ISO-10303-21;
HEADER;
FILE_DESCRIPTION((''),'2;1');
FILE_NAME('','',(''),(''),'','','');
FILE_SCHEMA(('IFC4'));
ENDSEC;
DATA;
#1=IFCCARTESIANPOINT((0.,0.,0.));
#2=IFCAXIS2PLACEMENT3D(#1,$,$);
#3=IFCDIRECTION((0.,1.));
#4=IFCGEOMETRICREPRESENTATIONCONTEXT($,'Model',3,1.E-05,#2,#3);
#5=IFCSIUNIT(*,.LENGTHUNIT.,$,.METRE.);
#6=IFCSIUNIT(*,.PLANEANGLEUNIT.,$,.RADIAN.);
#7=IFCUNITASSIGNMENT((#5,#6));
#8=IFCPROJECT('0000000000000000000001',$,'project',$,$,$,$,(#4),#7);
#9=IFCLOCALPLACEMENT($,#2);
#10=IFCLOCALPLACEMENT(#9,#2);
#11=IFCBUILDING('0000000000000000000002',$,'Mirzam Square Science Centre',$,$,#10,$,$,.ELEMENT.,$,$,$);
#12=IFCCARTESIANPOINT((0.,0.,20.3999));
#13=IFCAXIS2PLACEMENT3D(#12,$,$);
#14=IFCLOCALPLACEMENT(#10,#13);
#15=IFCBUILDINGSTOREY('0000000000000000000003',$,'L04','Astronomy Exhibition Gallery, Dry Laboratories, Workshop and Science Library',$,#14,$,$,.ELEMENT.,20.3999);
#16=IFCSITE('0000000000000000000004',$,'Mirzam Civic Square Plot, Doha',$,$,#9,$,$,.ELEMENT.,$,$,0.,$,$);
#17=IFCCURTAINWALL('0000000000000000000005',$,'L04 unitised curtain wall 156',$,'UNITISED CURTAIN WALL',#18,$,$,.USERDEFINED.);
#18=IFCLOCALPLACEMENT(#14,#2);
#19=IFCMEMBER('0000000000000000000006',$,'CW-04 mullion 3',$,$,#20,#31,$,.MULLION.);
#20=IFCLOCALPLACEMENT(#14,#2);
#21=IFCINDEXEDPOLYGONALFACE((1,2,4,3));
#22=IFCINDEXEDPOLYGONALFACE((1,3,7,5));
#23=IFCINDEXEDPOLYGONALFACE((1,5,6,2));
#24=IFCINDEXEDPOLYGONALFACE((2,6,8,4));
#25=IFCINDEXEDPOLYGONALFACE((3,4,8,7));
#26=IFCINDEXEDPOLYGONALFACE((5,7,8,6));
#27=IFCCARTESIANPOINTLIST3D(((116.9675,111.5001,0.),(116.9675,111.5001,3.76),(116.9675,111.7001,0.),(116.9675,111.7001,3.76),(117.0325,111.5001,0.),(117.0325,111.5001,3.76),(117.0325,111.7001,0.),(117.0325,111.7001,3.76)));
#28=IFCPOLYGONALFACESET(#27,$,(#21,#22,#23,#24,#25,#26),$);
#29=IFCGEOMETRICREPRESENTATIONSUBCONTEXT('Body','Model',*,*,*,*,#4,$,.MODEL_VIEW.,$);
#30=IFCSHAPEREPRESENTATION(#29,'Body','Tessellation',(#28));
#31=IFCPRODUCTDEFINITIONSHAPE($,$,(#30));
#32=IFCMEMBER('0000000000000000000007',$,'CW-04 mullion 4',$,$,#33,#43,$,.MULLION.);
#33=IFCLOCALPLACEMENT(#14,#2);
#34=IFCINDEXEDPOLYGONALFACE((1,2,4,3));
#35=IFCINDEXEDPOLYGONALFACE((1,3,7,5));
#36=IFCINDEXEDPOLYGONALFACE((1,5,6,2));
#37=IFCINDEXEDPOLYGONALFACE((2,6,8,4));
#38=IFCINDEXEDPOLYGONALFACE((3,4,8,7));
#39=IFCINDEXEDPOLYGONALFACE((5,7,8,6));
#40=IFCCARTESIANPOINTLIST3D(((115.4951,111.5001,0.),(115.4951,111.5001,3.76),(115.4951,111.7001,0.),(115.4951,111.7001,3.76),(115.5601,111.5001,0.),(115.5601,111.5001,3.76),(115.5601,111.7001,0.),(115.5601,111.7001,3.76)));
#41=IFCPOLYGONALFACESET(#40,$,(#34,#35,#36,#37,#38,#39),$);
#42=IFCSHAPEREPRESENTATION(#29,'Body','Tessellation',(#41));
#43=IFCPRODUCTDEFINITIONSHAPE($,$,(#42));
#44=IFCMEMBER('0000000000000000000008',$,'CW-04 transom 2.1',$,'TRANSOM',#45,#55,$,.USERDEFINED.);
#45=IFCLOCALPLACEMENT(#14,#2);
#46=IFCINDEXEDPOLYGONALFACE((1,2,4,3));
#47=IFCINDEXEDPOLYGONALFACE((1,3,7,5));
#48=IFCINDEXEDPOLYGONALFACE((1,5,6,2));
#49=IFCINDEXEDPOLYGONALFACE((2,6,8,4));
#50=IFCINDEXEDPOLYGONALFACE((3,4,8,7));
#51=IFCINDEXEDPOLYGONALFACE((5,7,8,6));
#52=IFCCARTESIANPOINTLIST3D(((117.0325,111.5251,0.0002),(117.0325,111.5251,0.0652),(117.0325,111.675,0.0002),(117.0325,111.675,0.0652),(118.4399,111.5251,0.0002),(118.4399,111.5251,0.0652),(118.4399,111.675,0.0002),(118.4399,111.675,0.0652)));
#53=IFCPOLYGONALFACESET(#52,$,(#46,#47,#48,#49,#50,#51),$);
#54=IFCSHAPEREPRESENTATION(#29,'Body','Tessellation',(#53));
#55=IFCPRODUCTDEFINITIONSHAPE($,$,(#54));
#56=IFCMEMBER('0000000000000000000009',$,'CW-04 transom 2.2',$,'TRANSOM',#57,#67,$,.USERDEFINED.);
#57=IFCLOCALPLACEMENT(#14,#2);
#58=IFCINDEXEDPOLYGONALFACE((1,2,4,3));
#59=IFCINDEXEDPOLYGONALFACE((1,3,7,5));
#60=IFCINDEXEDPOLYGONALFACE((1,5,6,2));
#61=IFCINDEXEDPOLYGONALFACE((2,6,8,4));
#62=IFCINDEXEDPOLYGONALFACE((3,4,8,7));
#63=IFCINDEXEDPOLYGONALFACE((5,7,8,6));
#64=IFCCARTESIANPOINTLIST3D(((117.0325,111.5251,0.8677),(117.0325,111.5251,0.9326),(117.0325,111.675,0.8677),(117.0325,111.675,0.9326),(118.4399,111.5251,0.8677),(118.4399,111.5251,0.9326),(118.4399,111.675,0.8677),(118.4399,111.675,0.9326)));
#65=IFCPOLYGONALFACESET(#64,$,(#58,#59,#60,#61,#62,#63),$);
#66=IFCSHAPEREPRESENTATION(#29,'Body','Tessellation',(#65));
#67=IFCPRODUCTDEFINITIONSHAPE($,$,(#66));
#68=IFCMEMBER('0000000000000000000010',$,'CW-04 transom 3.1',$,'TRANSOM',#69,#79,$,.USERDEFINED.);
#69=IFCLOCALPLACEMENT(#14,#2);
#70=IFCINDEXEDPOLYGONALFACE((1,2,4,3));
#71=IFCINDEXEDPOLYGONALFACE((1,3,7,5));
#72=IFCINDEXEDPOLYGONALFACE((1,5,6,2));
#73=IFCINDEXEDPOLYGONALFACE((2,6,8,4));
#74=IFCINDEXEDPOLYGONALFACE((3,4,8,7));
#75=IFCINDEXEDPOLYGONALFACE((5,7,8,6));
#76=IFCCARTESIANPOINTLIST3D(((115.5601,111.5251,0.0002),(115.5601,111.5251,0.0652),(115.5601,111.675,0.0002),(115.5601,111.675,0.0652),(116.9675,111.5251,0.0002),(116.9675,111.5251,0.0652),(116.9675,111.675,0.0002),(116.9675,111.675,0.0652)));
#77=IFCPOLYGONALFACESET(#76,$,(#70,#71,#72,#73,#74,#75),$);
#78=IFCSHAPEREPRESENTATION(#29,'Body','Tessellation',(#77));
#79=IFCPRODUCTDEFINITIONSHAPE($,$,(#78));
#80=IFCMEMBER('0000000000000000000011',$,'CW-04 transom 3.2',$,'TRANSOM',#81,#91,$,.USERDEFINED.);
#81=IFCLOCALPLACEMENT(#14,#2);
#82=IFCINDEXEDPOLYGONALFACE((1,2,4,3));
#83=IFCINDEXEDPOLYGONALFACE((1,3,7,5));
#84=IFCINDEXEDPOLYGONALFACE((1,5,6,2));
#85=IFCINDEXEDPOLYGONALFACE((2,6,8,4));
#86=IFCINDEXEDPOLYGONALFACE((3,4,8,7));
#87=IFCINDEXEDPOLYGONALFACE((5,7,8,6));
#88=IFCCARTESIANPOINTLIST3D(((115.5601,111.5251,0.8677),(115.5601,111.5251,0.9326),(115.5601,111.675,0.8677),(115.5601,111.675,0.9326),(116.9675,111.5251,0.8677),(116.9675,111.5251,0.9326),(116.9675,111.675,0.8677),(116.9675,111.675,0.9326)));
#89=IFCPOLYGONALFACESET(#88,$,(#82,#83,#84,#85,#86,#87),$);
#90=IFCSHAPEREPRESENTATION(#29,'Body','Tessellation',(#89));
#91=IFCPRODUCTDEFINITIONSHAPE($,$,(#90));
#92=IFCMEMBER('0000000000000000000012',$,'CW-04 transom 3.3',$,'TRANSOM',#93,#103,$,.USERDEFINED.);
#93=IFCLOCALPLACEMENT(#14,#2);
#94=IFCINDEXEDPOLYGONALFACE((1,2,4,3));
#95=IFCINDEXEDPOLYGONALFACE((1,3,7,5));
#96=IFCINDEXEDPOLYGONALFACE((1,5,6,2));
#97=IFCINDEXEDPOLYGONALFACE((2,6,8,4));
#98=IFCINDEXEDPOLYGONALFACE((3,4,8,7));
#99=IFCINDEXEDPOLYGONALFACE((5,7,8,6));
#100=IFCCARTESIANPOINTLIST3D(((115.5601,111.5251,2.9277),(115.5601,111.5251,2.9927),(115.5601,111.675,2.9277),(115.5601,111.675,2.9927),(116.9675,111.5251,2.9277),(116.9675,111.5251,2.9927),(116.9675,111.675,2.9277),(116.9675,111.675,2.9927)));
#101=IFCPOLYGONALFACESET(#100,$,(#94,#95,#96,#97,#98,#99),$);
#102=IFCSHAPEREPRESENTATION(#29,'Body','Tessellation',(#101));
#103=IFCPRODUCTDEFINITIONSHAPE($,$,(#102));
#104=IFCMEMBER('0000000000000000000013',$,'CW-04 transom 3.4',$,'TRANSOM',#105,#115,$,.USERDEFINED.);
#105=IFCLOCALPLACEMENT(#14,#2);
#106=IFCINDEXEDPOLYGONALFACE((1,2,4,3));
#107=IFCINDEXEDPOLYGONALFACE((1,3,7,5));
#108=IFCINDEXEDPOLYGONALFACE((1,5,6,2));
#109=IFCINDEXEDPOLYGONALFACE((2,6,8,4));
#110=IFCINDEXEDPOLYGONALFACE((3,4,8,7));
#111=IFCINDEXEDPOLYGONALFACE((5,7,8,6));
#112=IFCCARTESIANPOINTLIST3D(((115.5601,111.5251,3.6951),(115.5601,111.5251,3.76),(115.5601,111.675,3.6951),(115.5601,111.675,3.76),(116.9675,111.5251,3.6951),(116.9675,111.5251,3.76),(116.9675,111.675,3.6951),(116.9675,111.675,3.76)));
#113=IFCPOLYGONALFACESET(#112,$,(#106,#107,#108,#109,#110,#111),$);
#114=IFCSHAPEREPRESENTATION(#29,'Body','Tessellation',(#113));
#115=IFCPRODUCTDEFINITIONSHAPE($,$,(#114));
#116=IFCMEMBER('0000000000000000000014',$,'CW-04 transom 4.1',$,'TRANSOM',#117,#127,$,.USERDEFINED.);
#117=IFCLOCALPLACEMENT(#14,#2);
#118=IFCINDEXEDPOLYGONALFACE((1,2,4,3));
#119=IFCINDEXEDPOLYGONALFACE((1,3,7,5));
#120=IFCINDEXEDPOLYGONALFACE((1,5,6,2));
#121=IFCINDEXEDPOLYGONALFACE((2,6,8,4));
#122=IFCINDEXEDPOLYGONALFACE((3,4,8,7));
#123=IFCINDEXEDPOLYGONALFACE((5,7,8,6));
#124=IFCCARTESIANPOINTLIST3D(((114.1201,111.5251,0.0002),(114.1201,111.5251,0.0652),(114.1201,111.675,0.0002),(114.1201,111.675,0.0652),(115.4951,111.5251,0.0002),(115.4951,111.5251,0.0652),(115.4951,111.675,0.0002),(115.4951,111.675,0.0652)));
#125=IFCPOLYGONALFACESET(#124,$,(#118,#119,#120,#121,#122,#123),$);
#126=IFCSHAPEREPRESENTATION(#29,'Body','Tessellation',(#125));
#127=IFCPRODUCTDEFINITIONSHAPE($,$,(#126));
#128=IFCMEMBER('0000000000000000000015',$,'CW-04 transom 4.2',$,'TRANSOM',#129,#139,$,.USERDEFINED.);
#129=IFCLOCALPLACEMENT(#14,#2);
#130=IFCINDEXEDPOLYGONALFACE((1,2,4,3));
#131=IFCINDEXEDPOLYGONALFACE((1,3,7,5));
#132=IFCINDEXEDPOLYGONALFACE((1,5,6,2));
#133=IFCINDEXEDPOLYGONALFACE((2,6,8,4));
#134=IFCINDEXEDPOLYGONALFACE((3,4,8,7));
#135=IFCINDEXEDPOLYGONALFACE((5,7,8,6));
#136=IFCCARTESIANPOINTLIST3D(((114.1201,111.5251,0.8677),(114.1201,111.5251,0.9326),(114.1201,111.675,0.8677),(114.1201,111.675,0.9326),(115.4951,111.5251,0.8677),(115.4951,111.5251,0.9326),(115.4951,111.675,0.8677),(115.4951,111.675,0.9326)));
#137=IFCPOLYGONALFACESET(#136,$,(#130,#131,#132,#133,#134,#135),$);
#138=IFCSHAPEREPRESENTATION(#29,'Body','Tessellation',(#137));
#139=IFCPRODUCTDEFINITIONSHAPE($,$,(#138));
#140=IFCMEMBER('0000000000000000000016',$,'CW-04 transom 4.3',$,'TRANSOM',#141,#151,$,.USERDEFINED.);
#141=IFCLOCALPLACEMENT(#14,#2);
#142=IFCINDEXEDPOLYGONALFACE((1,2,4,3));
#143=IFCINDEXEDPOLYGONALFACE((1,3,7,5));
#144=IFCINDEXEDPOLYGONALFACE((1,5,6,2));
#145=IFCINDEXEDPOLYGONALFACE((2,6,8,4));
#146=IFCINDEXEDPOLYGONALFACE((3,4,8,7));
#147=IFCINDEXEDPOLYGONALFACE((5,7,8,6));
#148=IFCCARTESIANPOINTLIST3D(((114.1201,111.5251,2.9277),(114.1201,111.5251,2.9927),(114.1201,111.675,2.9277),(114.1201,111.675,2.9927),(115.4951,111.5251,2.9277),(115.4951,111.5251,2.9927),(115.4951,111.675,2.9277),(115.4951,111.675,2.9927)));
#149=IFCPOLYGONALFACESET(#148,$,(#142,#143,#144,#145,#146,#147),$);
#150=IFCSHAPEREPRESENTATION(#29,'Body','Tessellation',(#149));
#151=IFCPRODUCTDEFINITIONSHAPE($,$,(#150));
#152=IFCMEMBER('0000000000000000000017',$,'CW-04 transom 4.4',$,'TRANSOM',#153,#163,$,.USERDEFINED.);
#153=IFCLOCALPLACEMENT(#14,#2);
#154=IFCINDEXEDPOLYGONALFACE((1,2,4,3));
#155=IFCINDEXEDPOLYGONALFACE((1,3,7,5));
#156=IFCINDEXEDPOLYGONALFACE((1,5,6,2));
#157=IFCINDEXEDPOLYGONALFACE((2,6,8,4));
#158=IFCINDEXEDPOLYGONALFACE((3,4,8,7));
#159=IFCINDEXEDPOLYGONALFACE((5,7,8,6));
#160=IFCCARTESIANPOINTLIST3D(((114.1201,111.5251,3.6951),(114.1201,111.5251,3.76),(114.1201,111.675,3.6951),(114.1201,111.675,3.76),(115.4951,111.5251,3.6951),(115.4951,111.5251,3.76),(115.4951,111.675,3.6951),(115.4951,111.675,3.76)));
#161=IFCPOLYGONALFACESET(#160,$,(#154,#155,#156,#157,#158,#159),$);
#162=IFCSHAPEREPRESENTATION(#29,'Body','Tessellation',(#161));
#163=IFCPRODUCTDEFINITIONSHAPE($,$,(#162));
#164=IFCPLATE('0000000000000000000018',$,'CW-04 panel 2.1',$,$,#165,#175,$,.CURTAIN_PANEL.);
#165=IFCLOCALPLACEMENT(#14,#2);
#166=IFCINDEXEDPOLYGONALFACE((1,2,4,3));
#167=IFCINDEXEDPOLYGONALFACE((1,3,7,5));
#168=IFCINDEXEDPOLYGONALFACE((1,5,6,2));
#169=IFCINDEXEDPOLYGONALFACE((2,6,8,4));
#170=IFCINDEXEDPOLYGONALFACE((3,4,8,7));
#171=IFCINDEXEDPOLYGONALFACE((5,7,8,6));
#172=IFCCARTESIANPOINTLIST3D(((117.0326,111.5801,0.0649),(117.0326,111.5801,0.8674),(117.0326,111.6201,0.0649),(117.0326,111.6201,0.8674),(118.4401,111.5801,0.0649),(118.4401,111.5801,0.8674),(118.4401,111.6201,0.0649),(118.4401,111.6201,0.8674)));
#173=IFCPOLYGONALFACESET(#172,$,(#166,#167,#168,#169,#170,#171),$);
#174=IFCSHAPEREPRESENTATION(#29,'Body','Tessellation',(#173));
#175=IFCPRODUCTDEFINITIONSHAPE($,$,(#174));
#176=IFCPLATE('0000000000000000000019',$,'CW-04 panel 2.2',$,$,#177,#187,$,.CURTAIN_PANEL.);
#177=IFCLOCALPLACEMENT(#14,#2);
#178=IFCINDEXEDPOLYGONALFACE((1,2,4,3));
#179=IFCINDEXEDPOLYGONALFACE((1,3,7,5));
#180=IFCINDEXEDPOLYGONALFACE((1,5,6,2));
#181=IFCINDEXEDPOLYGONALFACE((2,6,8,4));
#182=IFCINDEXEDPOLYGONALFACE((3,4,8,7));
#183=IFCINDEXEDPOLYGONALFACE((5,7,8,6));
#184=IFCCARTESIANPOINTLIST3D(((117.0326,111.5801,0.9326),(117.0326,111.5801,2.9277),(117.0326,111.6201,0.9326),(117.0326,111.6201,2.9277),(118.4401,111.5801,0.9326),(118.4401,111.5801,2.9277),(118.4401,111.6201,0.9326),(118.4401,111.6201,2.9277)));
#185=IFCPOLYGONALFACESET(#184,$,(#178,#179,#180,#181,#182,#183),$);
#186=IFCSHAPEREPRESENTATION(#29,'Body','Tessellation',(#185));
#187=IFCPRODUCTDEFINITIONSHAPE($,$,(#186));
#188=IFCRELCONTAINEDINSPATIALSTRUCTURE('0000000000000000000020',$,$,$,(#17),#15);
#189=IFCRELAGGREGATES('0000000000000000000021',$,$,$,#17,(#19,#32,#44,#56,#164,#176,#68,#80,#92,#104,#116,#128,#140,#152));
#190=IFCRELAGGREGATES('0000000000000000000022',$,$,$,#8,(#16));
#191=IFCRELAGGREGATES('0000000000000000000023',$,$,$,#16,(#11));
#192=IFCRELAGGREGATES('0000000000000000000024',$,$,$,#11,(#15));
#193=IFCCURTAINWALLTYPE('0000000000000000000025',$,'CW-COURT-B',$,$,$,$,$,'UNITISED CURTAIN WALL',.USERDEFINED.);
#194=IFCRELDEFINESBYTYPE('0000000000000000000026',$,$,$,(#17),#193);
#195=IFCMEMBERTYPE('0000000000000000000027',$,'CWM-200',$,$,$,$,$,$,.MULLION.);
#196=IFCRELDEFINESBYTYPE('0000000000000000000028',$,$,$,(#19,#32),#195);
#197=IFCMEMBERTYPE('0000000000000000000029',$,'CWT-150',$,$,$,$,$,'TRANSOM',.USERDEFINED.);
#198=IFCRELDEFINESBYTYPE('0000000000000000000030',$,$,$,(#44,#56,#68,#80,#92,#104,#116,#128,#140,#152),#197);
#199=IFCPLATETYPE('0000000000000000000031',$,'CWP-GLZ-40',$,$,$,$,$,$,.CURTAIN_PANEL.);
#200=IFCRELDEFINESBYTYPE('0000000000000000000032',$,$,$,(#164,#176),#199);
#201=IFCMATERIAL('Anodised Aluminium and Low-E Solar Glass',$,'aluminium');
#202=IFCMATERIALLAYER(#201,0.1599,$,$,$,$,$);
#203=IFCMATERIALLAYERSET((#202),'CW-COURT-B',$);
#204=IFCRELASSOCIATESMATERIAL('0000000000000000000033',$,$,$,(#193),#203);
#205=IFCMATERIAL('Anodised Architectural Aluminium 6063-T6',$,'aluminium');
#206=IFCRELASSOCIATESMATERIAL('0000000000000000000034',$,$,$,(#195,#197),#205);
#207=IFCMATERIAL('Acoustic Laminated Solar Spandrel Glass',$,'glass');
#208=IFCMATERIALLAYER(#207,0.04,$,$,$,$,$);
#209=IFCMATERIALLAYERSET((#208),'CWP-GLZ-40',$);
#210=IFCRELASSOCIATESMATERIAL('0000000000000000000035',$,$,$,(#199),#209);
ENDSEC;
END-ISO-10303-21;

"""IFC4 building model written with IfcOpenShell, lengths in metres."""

from ifc_helpers import new_model, si_unit, direction, frame, origin, origin_2d, place, context, subcontext, project, spatial, rectangle, extrude, material, layer, layer_set, material_profile, profile_set, type_object, element, aggregate, save


model = new_model("IFC4")

# Units and contexts
model_context = context("Model", 3, precision=1e-05, world=origin(), true_north=direction((0.0, 1.0)))
body_context = subcontext(model_context, "Body", "Model", "MODEL_VIEW")
ifc_project = project(units=[si_unit("LENGTHUNIT", "METRE"), si_unit("PLANEANGLEUNIT", "RADIAN")], contexts=[model_context])

# Site, building, storey
site_placement = place(None, origin())
site = spatial("IfcSite", under=ifc_project, at=site_placement, Name="Mirzam Civic Square Plot, Doha", CompositionType="ELEMENT", RefElevation=0.0)
building_placement = place(site_placement, origin())
building = spatial("IfcBuilding", under=site, at=building_placement, Name="Mirzam Square Science Centre", CompositionType="ELEMENT")
storey_placement = place(building_placement, frame((0.0, 0.0, 20.3999)))
storey = spatial("IfcBuildingStorey", under=building, at=storey_placement, Name="L04", Description="Astronomy Exhibition Gallery, Dry Laboratories, Workshop and Science Library", CompositionType="ELEMENT", Elevation=20.3999)

# Curtain wall, members, plates
ifc_material_1 = material(Name="Anodised Aluminium and Low-E Solar Glass", Category="aluminium")
ifc_layer_1 = layer(ifc_material_1, 0.1599)
ifc_layer_set_1 = layer_set([ifc_layer_1], Name="CW-COURT-B")
curtain_wall_type = type_object("IfcCurtainWallType", Name="CW-COURT-B", ElementType="UNITISED CURTAIN WALL", PredefinedType="USERDEFINED", material=ifc_layer_set_1)
curtain_wall_placement = place(storey_placement, origin())
curtain_wall = element("IfcCurtainWall", 1, at=curtain_wall_placement, inside=storey, type_object=curtain_wall_type, Name="L04 unitised curtain wall 156", ObjectType="UNITISED CURTAIN WALL", PredefinedType="USERDEFINED")
ifc_material_2 = material(Name="Anodised Architectural Aluminium 6063-T6", Category="aluminium")
ifc_material_profile_1 = material_profile(ifc_material_2, rectangle(XDim=0.0649, YDim=0.2, at=origin_2d()), Name="ALU-MULL-200x65x5")
ifc_profile_set_1 = profile_set([ifc_material_profile_1], Name="Anodised Architectural Aluminium 6063-T6")
member_type_1 = type_object("IfcMemberType", Name="CWM-200", PredefinedType="MULLION", material=ifc_profile_set_1)
member_1_placement = place(storey_placement, frame((117.0, 111.6001, 0.0), z_axis=(0.0, 0.0, 1.0), x_axis=(-1.0, 0.0, 0.0)))
member_1 = element("IfcMember", 2, at=member_1_placement, type_object=member_type_1, Name="CW-04 mullion 3", PredefinedType="MULLION", context=body_context, shape_type="SweptSolid", body=[
    extrude(rectangle(XDim=0.0649, YDim=0.2, at=origin_2d()), origin(), (0.0, 0.0, 1.0), 3.76),
])
member_2_placement = place(storey_placement, frame((115.5276, 111.6001, 0.0), z_axis=(0.0, 0.0, 1.0), x_axis=(-1.0, 0.0, 0.0)))
member_2 = element("IfcMember", 3, at=member_2_placement, type_object=member_type_1, Name="CW-04 mullion 4", PredefinedType="MULLION", context=body_context, shape_type="SweptSolid", body=[
    extrude(rectangle(XDim=0.0649, YDim=0.2, at=origin_2d()), origin(), (0.0, 0.0, 1.0), 3.76),
])
ifc_material_profile_2 = material_profile(ifc_material_2, rectangle(XDim=0.1499, YDim=0.0649, at=origin_2d()), Name="ALU-TRAN-150x65x4")
ifc_profile_set_2 = profile_set([ifc_material_profile_2], Name="Anodised Architectural Aluminium 6063-T6")
member_type_2 = type_object("IfcMemberType", Name="CWT-150", ElementType="TRANSOM", PredefinedType="USERDEFINED", material=ifc_profile_set_2)
member_3_placement = place(storey_placement, frame((118.4399, 111.6001, 0.0327), z_axis=(-1.0, 0.0, 0.0), x_axis=(0.0, -1.0, 0.0)))
member_3 = element("IfcMember", 4, at=member_3_placement, type_object=member_type_2, Name="CW-04 transom 2.1", ObjectType="TRANSOM", PredefinedType="USERDEFINED", context=body_context, shape_type="SweptSolid", body=[
    extrude(rectangle(XDim=0.1499, YDim=0.0649, at=origin_2d()), origin(), (0.0, 0.0, 1.0), 1.4075),
])
member_4_placement = place(storey_placement, frame((118.4399, 111.6001, 0.9001), z_axis=(-1.0, 0.0, 0.0), x_axis=(0.0, -1.0, 0.0)))
member_4 = element("IfcMember", 5, at=member_4_placement, type_object=member_type_2, Name="CW-04 transom 2.2", ObjectType="TRANSOM", PredefinedType="USERDEFINED", context=body_context, shape_type="SweptSolid", body=[
    extrude(rectangle(XDim=0.1499, YDim=0.0649, at=origin_2d()), origin(), (0.0, 0.0, 1.0), 1.4075),
])
member_5_placement = place(storey_placement, frame((116.9675, 111.6001, 0.0327), z_axis=(-1.0, 0.0, 0.0), x_axis=(0.0, -1.0, 0.0)))
member_5 = element("IfcMember", 6, at=member_5_placement, type_object=member_type_2, Name="CW-04 transom 3.1", ObjectType="TRANSOM", PredefinedType="USERDEFINED", context=body_context, shape_type="SweptSolid", body=[
    extrude(rectangle(XDim=0.1499, YDim=0.0649, at=origin_2d()), origin(), (0.0, 0.0, 1.0), 1.4075),
])
member_6_placement = place(storey_placement, frame((116.9675, 111.6001, 0.9001), z_axis=(-1.0, 0.0, 0.0), x_axis=(0.0, -1.0, 0.0)))
member_6 = element("IfcMember", 7, at=member_6_placement, type_object=member_type_2, Name="CW-04 transom 3.2", ObjectType="TRANSOM", PredefinedType="USERDEFINED", context=body_context, shape_type="SweptSolid", body=[
    extrude(rectangle(XDim=0.1499, YDim=0.0649, at=origin_2d()), origin(), (0.0, 0.0, 1.0), 1.4075),
])
member_7_placement = place(storey_placement, frame((116.9675, 111.6001, 2.9602), z_axis=(-1.0, 0.0, 0.0), x_axis=(0.0, -1.0, 0.0)))
member_7 = element("IfcMember", 8, at=member_7_placement, type_object=member_type_2, Name="CW-04 transom 3.3", ObjectType="TRANSOM", PredefinedType="USERDEFINED", context=body_context, shape_type="SweptSolid", body=[
    extrude(rectangle(XDim=0.1499, YDim=0.0649, at=origin_2d()), origin(), (0.0, 0.0, 1.0), 1.4075),
])
member_8_placement = place(storey_placement, frame((116.9675, 111.6001, 3.7275), z_axis=(-1.0, 0.0, 0.0), x_axis=(0.0, -1.0, 0.0)))
member_8 = element("IfcMember", 9, at=member_8_placement, type_object=member_type_2, Name="CW-04 transom 3.4", ObjectType="TRANSOM", PredefinedType="USERDEFINED", context=body_context, shape_type="SweptSolid", body=[
    extrude(rectangle(XDim=0.1499, YDim=0.0649, at=origin_2d()), origin(), (0.0, 0.0, 1.0), 1.4075),
])
member_9_placement = place(storey_placement, frame((115.4951, 111.6001, 0.0327), z_axis=(-1.0, 0.0, 0.0), x_axis=(0.0, -1.0, 0.0)))
member_9 = element("IfcMember", 10, at=member_9_placement, type_object=member_type_2, Name="CW-04 transom 4.1", ObjectType="TRANSOM", PredefinedType="USERDEFINED", context=body_context, shape_type="SweptSolid", body=[
    extrude(rectangle(XDim=0.1499, YDim=0.0649, at=origin_2d()), origin(), (0.0, 0.0, 1.0), 1.375),
])
member_10_placement = place(storey_placement, frame((115.4951, 111.6001, 0.9001), z_axis=(-1.0, 0.0, 0.0), x_axis=(0.0, -1.0, 0.0)))
member_10 = element("IfcMember", 11, at=member_10_placement, type_object=member_type_2, Name="CW-04 transom 4.2", ObjectType="TRANSOM", PredefinedType="USERDEFINED", context=body_context, shape_type="SweptSolid", body=[
    extrude(rectangle(XDim=0.1499, YDim=0.0649, at=origin_2d()), origin(), (0.0, 0.0, 1.0), 1.375),
])
member_11_placement = place(storey_placement, frame((115.4951, 111.6001, 2.9602), z_axis=(-1.0, 0.0, 0.0), x_axis=(0.0, -1.0, 0.0)))
member_11 = element("IfcMember", 12, at=member_11_placement, type_object=member_type_2, Name="CW-04 transom 4.3", ObjectType="TRANSOM", PredefinedType="USERDEFINED", context=body_context, shape_type="SweptSolid", body=[
    extrude(rectangle(XDim=0.1499, YDim=0.0649, at=origin_2d()), origin(), (0.0, 0.0, 1.0), 1.375),
])
member_12_placement = place(storey_placement, frame((115.4951, 111.6001, 3.7275), z_axis=(-1.0, 0.0, 0.0), x_axis=(0.0, -1.0, 0.0)))
member_12 = element("IfcMember", 13, at=member_12_placement, type_object=member_type_2, Name="CW-04 transom 4.4", ObjectType="TRANSOM", PredefinedType="USERDEFINED", context=body_context, shape_type="SweptSolid", body=[
    extrude(rectangle(XDim=0.1499, YDim=0.0649, at=origin_2d()), origin(), (0.0, 0.0, 1.0), 1.375),
])
ifc_material_3 = material(Name="Acoustic Laminated Solar Spandrel Glass", Category="glass")
ifc_layer_2 = layer(ifc_material_3, 0.04)
ifc_layer_set_2 = layer_set([ifc_layer_2], Name="CWP-GLZ-40")
plate_type = type_object("IfcPlateType", Name="CWP-GLZ-40", PredefinedType="CURTAIN_PANEL", material=ifc_layer_set_2)
plate_1_placement = place(storey_placement, frame((117.7363, 111.6001, 0.0649), z_axis=(0.0, 0.0, 1.0), x_axis=(-1.0, 0.0, 0.0)))
plate_1 = element("IfcPlate", 14, at=plate_1_placement, type_object=plate_type, Name="CW-04 panel 2.1", PredefinedType="CURTAIN_PANEL", context=body_context, shape_type="SweptSolid", body=[
    extrude(rectangle(XDim=1.4075, YDim=0.04, at=origin_2d()), origin(), (0.0, 0.0, 1.0), 0.8025),
])
plate_2_placement = place(storey_placement, frame((117.7363, 111.6001, 0.9326), z_axis=(0.0, 0.0, 1.0), x_axis=(-1.0, 0.0, 0.0)))
plate_2 = element("IfcPlate", 15, at=plate_2_placement, type_object=plate_type, Name="CW-04 panel 2.2", PredefinedType="CURTAIN_PANEL", context=body_context, shape_type="SweptSolid", body=[
    extrude(rectangle(XDim=1.4075, YDim=0.04, at=origin_2d()), origin(), (0.0, 0.0, 1.0), 1.9951),
])
aggregate(curtain_wall, [member_1, member_2, member_3, member_4, plate_1, plate_2, member_5, member_6, member_7, member_8, member_9, member_10, member_11, member_12])

save(model, "model.ifc")
